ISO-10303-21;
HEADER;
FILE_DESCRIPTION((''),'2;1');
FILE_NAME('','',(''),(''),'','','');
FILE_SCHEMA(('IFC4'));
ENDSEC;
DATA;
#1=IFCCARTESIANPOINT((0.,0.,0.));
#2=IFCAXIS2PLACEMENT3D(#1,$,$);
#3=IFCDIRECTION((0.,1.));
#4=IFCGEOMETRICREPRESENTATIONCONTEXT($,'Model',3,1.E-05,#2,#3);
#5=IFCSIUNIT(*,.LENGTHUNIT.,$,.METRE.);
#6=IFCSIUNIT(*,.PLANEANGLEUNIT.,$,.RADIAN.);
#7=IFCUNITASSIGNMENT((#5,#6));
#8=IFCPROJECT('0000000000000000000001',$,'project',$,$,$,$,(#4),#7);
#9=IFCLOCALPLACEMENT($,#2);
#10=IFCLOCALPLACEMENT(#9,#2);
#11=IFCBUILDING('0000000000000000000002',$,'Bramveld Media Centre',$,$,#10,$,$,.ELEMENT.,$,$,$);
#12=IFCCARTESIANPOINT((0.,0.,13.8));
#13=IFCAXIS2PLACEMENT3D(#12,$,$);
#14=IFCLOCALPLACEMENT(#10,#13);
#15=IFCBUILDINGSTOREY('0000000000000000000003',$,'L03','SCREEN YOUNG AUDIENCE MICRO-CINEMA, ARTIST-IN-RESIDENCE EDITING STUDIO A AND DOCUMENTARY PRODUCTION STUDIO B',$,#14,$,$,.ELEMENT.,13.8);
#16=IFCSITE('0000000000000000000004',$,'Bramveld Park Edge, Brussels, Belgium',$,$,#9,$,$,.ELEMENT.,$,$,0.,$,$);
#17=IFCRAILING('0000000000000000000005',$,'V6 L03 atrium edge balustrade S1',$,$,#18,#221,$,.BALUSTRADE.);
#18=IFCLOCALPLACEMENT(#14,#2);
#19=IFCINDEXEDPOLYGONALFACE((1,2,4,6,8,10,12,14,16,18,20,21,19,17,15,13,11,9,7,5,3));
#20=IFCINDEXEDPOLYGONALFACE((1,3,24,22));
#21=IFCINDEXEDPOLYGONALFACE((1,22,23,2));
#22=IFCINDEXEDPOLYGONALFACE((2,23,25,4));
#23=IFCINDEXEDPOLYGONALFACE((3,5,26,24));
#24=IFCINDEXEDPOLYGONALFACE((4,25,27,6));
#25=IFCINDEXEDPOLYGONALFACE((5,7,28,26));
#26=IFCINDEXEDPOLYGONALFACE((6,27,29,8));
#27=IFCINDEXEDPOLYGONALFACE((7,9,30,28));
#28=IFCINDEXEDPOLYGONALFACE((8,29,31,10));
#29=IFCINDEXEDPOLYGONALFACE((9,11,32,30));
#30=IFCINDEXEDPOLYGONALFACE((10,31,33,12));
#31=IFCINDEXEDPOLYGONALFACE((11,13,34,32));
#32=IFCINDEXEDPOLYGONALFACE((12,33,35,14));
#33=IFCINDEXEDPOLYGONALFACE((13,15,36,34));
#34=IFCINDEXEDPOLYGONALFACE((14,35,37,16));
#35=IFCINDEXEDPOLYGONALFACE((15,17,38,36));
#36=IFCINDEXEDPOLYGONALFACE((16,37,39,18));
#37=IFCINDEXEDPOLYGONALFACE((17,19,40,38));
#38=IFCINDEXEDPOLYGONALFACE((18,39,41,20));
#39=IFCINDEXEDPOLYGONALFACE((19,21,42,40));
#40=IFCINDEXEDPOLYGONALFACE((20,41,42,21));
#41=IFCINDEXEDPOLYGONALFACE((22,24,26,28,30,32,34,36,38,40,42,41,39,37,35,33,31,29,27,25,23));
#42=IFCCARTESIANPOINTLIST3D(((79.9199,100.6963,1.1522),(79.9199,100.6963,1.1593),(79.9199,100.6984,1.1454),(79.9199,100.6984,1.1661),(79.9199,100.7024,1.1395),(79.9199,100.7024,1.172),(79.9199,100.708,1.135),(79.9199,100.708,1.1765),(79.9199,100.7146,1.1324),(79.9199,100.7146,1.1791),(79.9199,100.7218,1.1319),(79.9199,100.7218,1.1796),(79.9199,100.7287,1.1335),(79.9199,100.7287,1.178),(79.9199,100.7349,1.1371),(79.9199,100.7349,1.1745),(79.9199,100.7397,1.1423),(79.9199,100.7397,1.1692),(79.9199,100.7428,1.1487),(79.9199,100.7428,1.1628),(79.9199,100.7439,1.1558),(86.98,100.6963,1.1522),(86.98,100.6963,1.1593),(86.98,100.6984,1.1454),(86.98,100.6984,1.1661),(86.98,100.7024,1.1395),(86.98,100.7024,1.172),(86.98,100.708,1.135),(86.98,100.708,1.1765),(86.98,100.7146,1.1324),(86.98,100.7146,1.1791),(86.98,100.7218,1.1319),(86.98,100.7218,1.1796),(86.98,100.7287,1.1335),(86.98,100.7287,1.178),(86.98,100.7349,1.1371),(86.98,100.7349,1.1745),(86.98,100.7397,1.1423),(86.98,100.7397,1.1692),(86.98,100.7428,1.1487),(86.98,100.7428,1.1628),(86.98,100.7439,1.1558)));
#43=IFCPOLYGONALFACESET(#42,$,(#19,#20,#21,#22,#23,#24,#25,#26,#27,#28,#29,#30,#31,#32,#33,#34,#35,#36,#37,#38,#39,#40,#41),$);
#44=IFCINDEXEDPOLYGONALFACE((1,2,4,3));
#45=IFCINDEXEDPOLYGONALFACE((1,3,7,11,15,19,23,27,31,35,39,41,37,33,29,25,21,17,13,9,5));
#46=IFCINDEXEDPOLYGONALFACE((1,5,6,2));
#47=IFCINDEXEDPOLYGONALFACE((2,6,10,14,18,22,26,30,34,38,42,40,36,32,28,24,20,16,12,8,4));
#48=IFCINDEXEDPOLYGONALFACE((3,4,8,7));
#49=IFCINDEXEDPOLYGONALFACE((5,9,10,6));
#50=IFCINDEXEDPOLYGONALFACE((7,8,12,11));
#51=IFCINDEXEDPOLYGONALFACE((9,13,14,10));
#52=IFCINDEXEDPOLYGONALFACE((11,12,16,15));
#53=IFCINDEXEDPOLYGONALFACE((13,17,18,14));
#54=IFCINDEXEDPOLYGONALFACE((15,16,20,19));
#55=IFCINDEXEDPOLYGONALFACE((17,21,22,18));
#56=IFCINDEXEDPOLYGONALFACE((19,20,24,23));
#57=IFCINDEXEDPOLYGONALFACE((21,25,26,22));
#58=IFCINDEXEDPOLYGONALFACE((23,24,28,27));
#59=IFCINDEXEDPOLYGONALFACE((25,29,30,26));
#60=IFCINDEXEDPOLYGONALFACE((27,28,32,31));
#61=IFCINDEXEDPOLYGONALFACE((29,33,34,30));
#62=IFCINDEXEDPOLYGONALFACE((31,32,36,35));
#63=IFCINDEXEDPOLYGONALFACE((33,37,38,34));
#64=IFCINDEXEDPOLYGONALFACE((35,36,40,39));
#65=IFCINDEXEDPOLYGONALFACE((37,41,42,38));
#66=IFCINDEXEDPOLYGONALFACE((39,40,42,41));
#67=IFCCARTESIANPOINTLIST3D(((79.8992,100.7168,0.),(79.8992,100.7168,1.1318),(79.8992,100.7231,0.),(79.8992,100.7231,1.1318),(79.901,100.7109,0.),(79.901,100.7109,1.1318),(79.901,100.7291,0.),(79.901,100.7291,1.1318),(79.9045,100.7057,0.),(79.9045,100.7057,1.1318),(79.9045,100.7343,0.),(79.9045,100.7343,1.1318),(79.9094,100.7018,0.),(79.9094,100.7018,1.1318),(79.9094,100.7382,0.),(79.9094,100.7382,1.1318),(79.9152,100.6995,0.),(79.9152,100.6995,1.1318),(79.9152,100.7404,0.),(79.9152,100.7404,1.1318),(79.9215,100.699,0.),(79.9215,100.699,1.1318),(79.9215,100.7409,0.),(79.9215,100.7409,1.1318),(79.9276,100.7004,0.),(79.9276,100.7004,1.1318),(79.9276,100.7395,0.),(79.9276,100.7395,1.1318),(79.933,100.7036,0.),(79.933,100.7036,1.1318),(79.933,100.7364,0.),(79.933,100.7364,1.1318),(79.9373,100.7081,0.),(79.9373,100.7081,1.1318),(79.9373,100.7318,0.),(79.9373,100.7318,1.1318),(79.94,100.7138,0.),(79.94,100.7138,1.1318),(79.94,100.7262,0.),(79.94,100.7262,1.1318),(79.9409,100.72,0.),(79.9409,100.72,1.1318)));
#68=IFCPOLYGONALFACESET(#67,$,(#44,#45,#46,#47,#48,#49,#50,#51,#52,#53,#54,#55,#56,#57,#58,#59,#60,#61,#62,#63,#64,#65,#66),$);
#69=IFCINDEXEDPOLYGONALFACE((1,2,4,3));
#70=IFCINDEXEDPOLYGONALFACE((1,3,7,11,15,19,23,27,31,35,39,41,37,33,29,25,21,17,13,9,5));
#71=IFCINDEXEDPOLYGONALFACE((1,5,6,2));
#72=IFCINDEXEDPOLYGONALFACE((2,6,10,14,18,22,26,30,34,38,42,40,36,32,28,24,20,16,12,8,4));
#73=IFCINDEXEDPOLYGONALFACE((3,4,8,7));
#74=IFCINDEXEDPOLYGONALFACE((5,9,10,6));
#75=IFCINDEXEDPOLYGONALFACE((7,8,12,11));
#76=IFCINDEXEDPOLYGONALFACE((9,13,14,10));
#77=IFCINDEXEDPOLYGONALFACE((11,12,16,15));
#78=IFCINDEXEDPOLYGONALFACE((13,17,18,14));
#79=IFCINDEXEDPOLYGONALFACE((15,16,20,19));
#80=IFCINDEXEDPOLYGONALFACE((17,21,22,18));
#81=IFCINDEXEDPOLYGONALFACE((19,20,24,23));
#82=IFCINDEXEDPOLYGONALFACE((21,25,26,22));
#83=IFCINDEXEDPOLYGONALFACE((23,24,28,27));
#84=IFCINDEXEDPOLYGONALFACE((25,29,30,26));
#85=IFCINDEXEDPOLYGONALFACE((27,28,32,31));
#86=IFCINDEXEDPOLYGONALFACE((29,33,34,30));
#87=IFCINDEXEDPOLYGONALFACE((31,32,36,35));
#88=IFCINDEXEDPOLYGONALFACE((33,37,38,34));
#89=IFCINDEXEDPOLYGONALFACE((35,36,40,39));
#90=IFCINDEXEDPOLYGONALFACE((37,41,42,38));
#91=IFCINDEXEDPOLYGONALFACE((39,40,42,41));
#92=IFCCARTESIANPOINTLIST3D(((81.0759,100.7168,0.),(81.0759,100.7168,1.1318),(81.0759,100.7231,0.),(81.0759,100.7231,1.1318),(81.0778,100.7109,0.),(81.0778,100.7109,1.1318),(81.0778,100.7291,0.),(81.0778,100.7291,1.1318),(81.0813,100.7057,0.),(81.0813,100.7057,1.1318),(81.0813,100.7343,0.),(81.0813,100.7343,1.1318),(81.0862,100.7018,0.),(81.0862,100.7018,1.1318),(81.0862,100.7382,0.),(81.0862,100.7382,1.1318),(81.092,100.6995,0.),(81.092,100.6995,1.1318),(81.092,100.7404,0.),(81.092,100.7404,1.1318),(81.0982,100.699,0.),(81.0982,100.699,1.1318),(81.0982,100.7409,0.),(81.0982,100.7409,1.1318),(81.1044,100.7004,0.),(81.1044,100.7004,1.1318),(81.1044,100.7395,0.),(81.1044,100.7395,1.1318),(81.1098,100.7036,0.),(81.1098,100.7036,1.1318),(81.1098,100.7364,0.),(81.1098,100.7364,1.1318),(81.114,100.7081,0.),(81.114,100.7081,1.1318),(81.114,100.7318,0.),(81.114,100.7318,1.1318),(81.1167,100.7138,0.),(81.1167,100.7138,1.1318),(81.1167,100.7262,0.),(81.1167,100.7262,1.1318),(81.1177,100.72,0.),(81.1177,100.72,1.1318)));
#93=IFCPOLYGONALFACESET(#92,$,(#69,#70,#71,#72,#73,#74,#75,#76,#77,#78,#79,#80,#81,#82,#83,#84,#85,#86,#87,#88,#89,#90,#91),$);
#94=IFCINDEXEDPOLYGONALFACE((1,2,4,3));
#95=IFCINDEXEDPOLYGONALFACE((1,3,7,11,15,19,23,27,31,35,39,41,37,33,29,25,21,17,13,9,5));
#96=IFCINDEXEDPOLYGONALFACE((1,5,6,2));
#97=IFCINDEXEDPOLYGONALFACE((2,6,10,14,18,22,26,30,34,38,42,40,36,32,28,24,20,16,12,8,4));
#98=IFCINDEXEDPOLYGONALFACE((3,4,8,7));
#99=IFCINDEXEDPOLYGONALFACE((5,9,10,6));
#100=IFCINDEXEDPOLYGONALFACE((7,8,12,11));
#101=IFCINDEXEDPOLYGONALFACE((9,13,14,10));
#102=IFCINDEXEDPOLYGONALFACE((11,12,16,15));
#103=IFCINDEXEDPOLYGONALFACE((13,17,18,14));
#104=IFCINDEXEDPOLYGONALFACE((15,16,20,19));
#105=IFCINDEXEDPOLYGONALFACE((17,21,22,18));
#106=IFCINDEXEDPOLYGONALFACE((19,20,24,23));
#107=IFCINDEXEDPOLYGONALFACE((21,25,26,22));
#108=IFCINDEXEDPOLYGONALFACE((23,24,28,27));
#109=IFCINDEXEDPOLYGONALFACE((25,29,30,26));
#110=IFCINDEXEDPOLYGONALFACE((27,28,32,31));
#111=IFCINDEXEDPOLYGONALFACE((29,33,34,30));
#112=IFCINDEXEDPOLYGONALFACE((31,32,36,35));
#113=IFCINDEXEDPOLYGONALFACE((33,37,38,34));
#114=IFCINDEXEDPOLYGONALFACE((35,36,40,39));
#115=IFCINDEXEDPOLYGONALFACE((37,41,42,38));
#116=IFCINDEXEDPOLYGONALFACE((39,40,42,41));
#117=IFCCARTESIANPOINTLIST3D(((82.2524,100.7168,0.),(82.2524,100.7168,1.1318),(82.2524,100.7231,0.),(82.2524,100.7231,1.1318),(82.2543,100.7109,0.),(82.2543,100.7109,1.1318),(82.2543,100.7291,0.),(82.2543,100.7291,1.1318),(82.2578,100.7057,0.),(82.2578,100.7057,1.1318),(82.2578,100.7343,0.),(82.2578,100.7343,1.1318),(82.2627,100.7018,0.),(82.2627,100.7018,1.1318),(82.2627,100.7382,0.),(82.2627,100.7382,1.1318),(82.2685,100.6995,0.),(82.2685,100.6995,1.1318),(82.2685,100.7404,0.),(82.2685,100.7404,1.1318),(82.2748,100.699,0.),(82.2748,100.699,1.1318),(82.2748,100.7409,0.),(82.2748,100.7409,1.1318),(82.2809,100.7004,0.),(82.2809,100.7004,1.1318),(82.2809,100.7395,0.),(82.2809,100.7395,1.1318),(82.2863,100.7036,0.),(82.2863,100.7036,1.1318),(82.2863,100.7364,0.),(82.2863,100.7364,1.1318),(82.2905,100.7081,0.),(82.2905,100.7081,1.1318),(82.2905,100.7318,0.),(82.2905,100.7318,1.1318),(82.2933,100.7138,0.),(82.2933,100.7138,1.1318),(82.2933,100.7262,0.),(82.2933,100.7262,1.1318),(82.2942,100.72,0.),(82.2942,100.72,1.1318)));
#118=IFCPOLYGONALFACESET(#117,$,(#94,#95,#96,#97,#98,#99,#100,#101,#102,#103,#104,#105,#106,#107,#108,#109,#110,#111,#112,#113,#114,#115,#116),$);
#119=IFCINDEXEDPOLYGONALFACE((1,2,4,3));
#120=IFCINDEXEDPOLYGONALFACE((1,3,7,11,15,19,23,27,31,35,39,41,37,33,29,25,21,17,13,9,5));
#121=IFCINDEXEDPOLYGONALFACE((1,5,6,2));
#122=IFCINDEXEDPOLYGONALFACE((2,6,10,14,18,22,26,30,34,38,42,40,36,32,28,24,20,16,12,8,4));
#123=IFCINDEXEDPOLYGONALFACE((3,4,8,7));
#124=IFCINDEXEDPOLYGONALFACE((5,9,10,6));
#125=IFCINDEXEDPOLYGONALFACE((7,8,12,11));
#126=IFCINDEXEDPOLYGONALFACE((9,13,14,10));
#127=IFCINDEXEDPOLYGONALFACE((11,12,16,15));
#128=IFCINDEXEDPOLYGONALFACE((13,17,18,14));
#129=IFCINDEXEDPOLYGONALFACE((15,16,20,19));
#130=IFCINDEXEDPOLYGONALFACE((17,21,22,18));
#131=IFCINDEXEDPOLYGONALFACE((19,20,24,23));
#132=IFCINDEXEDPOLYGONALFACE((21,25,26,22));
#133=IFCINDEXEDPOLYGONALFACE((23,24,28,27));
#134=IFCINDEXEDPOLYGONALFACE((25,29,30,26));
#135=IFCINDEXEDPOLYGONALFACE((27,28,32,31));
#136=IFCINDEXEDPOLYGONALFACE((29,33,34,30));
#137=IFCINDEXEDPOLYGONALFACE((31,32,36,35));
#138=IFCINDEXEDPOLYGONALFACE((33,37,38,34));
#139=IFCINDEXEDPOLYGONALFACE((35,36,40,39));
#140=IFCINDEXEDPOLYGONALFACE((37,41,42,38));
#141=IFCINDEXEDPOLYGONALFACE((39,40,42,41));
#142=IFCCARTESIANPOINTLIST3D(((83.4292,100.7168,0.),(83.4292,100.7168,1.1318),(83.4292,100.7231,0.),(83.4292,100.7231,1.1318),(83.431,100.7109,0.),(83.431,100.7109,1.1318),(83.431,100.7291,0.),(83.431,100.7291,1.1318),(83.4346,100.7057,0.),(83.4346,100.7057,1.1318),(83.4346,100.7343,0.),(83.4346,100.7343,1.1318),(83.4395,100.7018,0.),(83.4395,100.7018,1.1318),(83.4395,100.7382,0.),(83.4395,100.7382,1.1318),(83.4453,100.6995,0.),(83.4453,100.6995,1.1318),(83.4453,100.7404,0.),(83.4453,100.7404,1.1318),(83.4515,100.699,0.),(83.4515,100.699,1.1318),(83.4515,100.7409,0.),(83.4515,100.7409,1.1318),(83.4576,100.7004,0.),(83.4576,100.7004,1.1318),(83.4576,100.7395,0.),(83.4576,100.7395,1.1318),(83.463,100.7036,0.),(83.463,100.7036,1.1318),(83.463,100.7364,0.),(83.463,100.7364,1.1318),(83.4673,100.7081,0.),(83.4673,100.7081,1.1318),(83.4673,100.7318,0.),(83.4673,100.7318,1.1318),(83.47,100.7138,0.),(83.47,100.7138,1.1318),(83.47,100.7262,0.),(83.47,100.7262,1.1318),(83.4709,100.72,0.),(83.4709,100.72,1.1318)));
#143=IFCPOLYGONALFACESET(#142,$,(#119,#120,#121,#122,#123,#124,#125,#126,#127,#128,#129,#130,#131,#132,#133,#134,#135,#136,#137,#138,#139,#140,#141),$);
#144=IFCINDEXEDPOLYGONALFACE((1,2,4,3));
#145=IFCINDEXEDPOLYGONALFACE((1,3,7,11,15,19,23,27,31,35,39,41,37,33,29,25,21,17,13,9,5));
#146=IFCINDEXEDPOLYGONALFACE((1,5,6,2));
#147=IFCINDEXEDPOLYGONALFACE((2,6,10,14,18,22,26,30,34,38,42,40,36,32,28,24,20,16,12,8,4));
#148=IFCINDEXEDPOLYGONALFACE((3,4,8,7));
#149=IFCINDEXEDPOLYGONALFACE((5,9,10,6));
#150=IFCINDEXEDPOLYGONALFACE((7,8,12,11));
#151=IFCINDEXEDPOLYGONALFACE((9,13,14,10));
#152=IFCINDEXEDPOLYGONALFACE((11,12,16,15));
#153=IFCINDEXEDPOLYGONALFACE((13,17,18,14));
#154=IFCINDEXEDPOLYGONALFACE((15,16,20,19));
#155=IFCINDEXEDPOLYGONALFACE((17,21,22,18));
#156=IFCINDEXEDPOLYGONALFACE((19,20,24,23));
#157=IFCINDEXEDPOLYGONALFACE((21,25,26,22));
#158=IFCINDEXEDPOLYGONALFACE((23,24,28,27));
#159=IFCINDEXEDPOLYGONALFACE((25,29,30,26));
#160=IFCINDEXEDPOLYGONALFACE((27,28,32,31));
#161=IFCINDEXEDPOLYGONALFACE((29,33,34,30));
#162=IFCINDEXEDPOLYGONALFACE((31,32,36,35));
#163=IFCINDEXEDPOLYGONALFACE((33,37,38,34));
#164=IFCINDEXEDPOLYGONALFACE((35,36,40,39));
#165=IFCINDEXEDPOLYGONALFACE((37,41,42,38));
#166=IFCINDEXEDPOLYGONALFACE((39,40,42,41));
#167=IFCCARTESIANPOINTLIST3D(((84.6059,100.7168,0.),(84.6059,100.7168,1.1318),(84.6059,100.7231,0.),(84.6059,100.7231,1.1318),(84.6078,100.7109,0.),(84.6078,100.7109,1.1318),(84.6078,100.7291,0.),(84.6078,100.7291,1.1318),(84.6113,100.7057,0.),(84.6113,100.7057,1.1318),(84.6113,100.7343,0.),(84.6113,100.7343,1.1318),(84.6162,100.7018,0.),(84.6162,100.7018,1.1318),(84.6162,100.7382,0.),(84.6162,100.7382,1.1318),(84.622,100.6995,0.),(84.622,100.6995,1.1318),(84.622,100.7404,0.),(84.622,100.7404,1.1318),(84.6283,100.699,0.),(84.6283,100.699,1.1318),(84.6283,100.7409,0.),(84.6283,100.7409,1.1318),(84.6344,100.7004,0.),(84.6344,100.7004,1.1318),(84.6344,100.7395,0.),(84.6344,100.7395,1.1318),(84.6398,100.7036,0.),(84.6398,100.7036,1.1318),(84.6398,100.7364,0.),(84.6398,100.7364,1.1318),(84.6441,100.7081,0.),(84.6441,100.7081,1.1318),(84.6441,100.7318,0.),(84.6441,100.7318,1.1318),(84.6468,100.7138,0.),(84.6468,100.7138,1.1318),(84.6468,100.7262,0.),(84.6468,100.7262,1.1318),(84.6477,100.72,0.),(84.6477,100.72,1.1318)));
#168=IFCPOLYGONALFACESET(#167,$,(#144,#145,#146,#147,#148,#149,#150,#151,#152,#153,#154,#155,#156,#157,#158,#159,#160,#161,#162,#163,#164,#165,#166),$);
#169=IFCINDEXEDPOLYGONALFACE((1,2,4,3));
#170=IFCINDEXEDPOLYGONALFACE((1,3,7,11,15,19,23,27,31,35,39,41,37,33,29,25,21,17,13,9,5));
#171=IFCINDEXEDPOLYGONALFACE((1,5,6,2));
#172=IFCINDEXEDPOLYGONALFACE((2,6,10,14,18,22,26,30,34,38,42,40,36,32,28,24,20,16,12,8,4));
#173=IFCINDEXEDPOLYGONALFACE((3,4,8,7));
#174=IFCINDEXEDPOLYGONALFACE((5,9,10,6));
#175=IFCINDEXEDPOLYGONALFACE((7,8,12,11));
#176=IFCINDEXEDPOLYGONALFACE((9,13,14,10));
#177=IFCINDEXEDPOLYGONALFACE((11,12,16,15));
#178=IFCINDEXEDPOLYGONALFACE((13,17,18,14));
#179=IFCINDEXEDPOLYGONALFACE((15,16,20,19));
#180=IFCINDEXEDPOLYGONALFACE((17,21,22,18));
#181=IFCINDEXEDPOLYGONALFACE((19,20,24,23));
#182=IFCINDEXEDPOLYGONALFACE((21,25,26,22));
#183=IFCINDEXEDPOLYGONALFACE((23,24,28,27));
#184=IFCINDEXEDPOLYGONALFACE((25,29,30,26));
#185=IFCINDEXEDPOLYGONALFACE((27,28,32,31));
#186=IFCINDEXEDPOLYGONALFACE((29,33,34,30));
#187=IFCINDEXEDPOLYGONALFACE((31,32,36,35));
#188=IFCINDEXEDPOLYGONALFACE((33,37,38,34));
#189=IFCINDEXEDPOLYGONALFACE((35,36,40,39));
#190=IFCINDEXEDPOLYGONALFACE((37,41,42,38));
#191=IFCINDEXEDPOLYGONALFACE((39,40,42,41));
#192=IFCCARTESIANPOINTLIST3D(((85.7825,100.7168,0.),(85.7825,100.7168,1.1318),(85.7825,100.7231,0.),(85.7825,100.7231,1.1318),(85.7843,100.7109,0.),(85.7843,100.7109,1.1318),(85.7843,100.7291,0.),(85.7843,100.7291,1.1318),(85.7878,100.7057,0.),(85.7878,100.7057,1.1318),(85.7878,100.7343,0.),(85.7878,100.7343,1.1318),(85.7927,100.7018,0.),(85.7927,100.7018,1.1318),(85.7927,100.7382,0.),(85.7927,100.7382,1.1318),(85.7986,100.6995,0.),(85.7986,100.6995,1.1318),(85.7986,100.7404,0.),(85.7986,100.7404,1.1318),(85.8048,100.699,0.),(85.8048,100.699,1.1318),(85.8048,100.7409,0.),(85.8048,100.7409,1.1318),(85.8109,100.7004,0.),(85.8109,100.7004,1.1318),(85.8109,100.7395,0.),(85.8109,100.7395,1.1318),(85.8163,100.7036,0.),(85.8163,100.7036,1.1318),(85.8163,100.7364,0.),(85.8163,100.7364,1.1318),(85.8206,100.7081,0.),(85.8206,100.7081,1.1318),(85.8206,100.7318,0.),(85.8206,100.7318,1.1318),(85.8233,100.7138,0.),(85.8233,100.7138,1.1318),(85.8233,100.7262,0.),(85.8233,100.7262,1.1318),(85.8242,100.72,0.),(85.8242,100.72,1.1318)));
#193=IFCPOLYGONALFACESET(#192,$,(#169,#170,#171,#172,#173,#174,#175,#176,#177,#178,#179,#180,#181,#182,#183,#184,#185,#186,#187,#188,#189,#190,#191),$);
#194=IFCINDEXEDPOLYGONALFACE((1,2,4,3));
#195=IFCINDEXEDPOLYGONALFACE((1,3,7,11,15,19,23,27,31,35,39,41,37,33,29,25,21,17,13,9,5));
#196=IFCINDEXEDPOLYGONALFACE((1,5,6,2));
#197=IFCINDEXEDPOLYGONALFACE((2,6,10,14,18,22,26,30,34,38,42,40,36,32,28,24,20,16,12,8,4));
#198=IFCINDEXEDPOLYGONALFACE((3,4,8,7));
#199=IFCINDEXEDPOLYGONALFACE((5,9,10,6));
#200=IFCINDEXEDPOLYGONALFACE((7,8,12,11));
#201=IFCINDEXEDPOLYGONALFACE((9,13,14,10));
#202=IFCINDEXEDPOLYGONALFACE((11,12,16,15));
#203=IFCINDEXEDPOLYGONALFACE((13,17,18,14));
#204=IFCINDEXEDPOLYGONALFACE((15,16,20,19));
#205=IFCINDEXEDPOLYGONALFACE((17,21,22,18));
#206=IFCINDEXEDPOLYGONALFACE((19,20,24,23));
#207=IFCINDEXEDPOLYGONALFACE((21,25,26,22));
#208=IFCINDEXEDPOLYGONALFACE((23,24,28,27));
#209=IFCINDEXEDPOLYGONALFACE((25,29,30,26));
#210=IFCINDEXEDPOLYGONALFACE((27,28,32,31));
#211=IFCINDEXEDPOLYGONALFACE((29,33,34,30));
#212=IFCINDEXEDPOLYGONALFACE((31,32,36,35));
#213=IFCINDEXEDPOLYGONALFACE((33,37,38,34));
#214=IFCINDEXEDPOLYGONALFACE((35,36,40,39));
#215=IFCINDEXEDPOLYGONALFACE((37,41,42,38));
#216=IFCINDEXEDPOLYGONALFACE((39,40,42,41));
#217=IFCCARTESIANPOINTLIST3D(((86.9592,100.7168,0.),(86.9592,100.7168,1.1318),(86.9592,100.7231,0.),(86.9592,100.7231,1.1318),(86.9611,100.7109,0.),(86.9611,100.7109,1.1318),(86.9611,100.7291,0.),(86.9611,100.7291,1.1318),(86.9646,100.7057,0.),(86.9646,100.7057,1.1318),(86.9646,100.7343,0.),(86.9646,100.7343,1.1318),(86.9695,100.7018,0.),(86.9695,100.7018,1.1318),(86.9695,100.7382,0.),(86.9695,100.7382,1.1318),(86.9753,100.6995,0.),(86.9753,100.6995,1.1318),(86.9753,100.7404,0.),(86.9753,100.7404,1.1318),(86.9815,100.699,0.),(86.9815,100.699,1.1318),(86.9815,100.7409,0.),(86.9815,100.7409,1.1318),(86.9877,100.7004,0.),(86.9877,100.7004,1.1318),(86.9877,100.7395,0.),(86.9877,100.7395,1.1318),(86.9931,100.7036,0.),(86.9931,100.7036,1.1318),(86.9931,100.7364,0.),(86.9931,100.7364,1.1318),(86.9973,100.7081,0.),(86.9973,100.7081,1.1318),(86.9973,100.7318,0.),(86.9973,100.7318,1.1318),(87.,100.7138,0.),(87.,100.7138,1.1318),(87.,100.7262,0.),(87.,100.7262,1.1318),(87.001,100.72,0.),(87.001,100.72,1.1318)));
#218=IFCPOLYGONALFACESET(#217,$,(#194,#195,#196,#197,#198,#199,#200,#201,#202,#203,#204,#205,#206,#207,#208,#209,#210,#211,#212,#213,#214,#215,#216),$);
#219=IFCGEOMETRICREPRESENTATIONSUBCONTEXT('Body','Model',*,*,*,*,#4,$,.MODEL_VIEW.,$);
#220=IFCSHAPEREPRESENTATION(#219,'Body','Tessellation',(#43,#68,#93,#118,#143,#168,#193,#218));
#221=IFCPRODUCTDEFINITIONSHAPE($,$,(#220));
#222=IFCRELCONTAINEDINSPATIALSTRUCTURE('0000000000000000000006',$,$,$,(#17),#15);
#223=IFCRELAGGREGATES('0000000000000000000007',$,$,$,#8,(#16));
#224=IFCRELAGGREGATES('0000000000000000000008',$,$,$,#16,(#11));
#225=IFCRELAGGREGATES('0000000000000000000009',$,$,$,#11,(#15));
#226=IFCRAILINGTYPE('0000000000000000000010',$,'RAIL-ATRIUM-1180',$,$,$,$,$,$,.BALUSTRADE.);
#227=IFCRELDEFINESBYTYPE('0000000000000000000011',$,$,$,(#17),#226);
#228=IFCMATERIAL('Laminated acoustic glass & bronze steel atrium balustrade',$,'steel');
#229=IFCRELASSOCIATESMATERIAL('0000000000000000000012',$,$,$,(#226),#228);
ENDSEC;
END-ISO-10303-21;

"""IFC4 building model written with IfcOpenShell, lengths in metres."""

from ifc_helpers import new_model, si_unit, direction, frame, origin, origin_2d, place, context, subcontext, project, spatial, circle, extrude, material, type_object, element, save


model = new_model("IFC4")

# Units and contexts
model_context = context("Model", 3, precision=1e-05, world=origin(), true_north=direction((0.0, 1.0)))
body_context = subcontext(model_context, "Body", "Model", "MODEL_VIEW")
ifc_project = project(units=[si_unit("LENGTHUNIT", "METRE"), si_unit("PLANEANGLEUNIT", "RADIAN")], contexts=[model_context])

# Site, building, storey
site_placement = place(None, origin())
site = spatial("IfcSite", under=ifc_project, at=site_placement, Name="Bramveld Park Edge, Brussels, Belgium", CompositionType="ELEMENT", RefElevation=0.0)
building_placement = place(site_placement, origin())
building = spatial("IfcBuilding", under=site, at=building_placement, Name="Bramveld Media Centre", CompositionType="ELEMENT")
storey_placement = place(building_placement, frame((0.0, 0.0, 13.8)))
storey = spatial("IfcBuildingStorey", under=building, at=storey_placement, Name="L03", Description="SCREEN YOUNG AUDIENCE MICRO-CINEMA, ARTIST-IN-RESIDENCE EDITING STUDIO A AND DOCUMENTARY PRODUCTION STUDIO B", CompositionType="ELEMENT", Elevation=13.8)

# Railing
ifc_material_1 = material(Name="Laminated acoustic glass & bronze steel atrium balustrade", Category="steel")
railing_type_1 = type_object("IfcRailingType", Name="RAIL-ATRIUM-1180", PredefinedType="BALUSTRADE", material=ifc_material_1)
railing_1_placement = place(storey_placement, frame((79.9199, 100.72, 0.0)))
element("IfcRailing", 1, at=railing_1_placement, inside=storey, type_object=railing_type_1, Name="V6 L03 atrium edge balustrade S1", PredefinedType="BALUSTRADE", context=body_context, shape_type="SweptSolid", body=[
    extrude(circle(Radius=0.0239, at=origin_2d()), frame((0.0, 0.0, 1.1558), z_axis=(1.0, 0.0, 0.0), x_axis=(0.0, 1.0, 0.0)), (0.0, 0.0, 1.0), 7.0601),
    extrude(circle(Radius=0.021, at=origin_2d()), origin(), (0.0, 0.0, 1.0), 1.1318),
    extrude(circle(Radius=0.021, at=origin_2d()), frame((1.1768, 0.0, 0.0)), (0.0, 0.0, 1.0), 1.1318),
    extrude(circle(Radius=0.021, at=origin_2d()), frame((2.3533, 0.0, 0.0)), (0.0, 0.0, 1.0), 1.1318),
    extrude(circle(Radius=0.021, at=origin_2d()), frame((3.53, 0.0, 0.0)), (0.0, 0.0, 1.0), 1.1318),
    extrude(circle(Radius=0.021, at=origin_2d()), frame((4.7068, 0.0, 0.0)), (0.0, 0.0, 1.0), 1.1318),
    extrude(circle(Radius=0.021, at=origin_2d()), frame((5.8833, 0.0, 0.0)), (0.0, 0.0, 1.0), 1.1318),
    extrude(circle(Radius=0.021, at=origin_2d()), frame((7.0601, 0.0, 0.0)), (0.0, 0.0, 1.0), 1.1318),
])

save(model, "model.ifc")
